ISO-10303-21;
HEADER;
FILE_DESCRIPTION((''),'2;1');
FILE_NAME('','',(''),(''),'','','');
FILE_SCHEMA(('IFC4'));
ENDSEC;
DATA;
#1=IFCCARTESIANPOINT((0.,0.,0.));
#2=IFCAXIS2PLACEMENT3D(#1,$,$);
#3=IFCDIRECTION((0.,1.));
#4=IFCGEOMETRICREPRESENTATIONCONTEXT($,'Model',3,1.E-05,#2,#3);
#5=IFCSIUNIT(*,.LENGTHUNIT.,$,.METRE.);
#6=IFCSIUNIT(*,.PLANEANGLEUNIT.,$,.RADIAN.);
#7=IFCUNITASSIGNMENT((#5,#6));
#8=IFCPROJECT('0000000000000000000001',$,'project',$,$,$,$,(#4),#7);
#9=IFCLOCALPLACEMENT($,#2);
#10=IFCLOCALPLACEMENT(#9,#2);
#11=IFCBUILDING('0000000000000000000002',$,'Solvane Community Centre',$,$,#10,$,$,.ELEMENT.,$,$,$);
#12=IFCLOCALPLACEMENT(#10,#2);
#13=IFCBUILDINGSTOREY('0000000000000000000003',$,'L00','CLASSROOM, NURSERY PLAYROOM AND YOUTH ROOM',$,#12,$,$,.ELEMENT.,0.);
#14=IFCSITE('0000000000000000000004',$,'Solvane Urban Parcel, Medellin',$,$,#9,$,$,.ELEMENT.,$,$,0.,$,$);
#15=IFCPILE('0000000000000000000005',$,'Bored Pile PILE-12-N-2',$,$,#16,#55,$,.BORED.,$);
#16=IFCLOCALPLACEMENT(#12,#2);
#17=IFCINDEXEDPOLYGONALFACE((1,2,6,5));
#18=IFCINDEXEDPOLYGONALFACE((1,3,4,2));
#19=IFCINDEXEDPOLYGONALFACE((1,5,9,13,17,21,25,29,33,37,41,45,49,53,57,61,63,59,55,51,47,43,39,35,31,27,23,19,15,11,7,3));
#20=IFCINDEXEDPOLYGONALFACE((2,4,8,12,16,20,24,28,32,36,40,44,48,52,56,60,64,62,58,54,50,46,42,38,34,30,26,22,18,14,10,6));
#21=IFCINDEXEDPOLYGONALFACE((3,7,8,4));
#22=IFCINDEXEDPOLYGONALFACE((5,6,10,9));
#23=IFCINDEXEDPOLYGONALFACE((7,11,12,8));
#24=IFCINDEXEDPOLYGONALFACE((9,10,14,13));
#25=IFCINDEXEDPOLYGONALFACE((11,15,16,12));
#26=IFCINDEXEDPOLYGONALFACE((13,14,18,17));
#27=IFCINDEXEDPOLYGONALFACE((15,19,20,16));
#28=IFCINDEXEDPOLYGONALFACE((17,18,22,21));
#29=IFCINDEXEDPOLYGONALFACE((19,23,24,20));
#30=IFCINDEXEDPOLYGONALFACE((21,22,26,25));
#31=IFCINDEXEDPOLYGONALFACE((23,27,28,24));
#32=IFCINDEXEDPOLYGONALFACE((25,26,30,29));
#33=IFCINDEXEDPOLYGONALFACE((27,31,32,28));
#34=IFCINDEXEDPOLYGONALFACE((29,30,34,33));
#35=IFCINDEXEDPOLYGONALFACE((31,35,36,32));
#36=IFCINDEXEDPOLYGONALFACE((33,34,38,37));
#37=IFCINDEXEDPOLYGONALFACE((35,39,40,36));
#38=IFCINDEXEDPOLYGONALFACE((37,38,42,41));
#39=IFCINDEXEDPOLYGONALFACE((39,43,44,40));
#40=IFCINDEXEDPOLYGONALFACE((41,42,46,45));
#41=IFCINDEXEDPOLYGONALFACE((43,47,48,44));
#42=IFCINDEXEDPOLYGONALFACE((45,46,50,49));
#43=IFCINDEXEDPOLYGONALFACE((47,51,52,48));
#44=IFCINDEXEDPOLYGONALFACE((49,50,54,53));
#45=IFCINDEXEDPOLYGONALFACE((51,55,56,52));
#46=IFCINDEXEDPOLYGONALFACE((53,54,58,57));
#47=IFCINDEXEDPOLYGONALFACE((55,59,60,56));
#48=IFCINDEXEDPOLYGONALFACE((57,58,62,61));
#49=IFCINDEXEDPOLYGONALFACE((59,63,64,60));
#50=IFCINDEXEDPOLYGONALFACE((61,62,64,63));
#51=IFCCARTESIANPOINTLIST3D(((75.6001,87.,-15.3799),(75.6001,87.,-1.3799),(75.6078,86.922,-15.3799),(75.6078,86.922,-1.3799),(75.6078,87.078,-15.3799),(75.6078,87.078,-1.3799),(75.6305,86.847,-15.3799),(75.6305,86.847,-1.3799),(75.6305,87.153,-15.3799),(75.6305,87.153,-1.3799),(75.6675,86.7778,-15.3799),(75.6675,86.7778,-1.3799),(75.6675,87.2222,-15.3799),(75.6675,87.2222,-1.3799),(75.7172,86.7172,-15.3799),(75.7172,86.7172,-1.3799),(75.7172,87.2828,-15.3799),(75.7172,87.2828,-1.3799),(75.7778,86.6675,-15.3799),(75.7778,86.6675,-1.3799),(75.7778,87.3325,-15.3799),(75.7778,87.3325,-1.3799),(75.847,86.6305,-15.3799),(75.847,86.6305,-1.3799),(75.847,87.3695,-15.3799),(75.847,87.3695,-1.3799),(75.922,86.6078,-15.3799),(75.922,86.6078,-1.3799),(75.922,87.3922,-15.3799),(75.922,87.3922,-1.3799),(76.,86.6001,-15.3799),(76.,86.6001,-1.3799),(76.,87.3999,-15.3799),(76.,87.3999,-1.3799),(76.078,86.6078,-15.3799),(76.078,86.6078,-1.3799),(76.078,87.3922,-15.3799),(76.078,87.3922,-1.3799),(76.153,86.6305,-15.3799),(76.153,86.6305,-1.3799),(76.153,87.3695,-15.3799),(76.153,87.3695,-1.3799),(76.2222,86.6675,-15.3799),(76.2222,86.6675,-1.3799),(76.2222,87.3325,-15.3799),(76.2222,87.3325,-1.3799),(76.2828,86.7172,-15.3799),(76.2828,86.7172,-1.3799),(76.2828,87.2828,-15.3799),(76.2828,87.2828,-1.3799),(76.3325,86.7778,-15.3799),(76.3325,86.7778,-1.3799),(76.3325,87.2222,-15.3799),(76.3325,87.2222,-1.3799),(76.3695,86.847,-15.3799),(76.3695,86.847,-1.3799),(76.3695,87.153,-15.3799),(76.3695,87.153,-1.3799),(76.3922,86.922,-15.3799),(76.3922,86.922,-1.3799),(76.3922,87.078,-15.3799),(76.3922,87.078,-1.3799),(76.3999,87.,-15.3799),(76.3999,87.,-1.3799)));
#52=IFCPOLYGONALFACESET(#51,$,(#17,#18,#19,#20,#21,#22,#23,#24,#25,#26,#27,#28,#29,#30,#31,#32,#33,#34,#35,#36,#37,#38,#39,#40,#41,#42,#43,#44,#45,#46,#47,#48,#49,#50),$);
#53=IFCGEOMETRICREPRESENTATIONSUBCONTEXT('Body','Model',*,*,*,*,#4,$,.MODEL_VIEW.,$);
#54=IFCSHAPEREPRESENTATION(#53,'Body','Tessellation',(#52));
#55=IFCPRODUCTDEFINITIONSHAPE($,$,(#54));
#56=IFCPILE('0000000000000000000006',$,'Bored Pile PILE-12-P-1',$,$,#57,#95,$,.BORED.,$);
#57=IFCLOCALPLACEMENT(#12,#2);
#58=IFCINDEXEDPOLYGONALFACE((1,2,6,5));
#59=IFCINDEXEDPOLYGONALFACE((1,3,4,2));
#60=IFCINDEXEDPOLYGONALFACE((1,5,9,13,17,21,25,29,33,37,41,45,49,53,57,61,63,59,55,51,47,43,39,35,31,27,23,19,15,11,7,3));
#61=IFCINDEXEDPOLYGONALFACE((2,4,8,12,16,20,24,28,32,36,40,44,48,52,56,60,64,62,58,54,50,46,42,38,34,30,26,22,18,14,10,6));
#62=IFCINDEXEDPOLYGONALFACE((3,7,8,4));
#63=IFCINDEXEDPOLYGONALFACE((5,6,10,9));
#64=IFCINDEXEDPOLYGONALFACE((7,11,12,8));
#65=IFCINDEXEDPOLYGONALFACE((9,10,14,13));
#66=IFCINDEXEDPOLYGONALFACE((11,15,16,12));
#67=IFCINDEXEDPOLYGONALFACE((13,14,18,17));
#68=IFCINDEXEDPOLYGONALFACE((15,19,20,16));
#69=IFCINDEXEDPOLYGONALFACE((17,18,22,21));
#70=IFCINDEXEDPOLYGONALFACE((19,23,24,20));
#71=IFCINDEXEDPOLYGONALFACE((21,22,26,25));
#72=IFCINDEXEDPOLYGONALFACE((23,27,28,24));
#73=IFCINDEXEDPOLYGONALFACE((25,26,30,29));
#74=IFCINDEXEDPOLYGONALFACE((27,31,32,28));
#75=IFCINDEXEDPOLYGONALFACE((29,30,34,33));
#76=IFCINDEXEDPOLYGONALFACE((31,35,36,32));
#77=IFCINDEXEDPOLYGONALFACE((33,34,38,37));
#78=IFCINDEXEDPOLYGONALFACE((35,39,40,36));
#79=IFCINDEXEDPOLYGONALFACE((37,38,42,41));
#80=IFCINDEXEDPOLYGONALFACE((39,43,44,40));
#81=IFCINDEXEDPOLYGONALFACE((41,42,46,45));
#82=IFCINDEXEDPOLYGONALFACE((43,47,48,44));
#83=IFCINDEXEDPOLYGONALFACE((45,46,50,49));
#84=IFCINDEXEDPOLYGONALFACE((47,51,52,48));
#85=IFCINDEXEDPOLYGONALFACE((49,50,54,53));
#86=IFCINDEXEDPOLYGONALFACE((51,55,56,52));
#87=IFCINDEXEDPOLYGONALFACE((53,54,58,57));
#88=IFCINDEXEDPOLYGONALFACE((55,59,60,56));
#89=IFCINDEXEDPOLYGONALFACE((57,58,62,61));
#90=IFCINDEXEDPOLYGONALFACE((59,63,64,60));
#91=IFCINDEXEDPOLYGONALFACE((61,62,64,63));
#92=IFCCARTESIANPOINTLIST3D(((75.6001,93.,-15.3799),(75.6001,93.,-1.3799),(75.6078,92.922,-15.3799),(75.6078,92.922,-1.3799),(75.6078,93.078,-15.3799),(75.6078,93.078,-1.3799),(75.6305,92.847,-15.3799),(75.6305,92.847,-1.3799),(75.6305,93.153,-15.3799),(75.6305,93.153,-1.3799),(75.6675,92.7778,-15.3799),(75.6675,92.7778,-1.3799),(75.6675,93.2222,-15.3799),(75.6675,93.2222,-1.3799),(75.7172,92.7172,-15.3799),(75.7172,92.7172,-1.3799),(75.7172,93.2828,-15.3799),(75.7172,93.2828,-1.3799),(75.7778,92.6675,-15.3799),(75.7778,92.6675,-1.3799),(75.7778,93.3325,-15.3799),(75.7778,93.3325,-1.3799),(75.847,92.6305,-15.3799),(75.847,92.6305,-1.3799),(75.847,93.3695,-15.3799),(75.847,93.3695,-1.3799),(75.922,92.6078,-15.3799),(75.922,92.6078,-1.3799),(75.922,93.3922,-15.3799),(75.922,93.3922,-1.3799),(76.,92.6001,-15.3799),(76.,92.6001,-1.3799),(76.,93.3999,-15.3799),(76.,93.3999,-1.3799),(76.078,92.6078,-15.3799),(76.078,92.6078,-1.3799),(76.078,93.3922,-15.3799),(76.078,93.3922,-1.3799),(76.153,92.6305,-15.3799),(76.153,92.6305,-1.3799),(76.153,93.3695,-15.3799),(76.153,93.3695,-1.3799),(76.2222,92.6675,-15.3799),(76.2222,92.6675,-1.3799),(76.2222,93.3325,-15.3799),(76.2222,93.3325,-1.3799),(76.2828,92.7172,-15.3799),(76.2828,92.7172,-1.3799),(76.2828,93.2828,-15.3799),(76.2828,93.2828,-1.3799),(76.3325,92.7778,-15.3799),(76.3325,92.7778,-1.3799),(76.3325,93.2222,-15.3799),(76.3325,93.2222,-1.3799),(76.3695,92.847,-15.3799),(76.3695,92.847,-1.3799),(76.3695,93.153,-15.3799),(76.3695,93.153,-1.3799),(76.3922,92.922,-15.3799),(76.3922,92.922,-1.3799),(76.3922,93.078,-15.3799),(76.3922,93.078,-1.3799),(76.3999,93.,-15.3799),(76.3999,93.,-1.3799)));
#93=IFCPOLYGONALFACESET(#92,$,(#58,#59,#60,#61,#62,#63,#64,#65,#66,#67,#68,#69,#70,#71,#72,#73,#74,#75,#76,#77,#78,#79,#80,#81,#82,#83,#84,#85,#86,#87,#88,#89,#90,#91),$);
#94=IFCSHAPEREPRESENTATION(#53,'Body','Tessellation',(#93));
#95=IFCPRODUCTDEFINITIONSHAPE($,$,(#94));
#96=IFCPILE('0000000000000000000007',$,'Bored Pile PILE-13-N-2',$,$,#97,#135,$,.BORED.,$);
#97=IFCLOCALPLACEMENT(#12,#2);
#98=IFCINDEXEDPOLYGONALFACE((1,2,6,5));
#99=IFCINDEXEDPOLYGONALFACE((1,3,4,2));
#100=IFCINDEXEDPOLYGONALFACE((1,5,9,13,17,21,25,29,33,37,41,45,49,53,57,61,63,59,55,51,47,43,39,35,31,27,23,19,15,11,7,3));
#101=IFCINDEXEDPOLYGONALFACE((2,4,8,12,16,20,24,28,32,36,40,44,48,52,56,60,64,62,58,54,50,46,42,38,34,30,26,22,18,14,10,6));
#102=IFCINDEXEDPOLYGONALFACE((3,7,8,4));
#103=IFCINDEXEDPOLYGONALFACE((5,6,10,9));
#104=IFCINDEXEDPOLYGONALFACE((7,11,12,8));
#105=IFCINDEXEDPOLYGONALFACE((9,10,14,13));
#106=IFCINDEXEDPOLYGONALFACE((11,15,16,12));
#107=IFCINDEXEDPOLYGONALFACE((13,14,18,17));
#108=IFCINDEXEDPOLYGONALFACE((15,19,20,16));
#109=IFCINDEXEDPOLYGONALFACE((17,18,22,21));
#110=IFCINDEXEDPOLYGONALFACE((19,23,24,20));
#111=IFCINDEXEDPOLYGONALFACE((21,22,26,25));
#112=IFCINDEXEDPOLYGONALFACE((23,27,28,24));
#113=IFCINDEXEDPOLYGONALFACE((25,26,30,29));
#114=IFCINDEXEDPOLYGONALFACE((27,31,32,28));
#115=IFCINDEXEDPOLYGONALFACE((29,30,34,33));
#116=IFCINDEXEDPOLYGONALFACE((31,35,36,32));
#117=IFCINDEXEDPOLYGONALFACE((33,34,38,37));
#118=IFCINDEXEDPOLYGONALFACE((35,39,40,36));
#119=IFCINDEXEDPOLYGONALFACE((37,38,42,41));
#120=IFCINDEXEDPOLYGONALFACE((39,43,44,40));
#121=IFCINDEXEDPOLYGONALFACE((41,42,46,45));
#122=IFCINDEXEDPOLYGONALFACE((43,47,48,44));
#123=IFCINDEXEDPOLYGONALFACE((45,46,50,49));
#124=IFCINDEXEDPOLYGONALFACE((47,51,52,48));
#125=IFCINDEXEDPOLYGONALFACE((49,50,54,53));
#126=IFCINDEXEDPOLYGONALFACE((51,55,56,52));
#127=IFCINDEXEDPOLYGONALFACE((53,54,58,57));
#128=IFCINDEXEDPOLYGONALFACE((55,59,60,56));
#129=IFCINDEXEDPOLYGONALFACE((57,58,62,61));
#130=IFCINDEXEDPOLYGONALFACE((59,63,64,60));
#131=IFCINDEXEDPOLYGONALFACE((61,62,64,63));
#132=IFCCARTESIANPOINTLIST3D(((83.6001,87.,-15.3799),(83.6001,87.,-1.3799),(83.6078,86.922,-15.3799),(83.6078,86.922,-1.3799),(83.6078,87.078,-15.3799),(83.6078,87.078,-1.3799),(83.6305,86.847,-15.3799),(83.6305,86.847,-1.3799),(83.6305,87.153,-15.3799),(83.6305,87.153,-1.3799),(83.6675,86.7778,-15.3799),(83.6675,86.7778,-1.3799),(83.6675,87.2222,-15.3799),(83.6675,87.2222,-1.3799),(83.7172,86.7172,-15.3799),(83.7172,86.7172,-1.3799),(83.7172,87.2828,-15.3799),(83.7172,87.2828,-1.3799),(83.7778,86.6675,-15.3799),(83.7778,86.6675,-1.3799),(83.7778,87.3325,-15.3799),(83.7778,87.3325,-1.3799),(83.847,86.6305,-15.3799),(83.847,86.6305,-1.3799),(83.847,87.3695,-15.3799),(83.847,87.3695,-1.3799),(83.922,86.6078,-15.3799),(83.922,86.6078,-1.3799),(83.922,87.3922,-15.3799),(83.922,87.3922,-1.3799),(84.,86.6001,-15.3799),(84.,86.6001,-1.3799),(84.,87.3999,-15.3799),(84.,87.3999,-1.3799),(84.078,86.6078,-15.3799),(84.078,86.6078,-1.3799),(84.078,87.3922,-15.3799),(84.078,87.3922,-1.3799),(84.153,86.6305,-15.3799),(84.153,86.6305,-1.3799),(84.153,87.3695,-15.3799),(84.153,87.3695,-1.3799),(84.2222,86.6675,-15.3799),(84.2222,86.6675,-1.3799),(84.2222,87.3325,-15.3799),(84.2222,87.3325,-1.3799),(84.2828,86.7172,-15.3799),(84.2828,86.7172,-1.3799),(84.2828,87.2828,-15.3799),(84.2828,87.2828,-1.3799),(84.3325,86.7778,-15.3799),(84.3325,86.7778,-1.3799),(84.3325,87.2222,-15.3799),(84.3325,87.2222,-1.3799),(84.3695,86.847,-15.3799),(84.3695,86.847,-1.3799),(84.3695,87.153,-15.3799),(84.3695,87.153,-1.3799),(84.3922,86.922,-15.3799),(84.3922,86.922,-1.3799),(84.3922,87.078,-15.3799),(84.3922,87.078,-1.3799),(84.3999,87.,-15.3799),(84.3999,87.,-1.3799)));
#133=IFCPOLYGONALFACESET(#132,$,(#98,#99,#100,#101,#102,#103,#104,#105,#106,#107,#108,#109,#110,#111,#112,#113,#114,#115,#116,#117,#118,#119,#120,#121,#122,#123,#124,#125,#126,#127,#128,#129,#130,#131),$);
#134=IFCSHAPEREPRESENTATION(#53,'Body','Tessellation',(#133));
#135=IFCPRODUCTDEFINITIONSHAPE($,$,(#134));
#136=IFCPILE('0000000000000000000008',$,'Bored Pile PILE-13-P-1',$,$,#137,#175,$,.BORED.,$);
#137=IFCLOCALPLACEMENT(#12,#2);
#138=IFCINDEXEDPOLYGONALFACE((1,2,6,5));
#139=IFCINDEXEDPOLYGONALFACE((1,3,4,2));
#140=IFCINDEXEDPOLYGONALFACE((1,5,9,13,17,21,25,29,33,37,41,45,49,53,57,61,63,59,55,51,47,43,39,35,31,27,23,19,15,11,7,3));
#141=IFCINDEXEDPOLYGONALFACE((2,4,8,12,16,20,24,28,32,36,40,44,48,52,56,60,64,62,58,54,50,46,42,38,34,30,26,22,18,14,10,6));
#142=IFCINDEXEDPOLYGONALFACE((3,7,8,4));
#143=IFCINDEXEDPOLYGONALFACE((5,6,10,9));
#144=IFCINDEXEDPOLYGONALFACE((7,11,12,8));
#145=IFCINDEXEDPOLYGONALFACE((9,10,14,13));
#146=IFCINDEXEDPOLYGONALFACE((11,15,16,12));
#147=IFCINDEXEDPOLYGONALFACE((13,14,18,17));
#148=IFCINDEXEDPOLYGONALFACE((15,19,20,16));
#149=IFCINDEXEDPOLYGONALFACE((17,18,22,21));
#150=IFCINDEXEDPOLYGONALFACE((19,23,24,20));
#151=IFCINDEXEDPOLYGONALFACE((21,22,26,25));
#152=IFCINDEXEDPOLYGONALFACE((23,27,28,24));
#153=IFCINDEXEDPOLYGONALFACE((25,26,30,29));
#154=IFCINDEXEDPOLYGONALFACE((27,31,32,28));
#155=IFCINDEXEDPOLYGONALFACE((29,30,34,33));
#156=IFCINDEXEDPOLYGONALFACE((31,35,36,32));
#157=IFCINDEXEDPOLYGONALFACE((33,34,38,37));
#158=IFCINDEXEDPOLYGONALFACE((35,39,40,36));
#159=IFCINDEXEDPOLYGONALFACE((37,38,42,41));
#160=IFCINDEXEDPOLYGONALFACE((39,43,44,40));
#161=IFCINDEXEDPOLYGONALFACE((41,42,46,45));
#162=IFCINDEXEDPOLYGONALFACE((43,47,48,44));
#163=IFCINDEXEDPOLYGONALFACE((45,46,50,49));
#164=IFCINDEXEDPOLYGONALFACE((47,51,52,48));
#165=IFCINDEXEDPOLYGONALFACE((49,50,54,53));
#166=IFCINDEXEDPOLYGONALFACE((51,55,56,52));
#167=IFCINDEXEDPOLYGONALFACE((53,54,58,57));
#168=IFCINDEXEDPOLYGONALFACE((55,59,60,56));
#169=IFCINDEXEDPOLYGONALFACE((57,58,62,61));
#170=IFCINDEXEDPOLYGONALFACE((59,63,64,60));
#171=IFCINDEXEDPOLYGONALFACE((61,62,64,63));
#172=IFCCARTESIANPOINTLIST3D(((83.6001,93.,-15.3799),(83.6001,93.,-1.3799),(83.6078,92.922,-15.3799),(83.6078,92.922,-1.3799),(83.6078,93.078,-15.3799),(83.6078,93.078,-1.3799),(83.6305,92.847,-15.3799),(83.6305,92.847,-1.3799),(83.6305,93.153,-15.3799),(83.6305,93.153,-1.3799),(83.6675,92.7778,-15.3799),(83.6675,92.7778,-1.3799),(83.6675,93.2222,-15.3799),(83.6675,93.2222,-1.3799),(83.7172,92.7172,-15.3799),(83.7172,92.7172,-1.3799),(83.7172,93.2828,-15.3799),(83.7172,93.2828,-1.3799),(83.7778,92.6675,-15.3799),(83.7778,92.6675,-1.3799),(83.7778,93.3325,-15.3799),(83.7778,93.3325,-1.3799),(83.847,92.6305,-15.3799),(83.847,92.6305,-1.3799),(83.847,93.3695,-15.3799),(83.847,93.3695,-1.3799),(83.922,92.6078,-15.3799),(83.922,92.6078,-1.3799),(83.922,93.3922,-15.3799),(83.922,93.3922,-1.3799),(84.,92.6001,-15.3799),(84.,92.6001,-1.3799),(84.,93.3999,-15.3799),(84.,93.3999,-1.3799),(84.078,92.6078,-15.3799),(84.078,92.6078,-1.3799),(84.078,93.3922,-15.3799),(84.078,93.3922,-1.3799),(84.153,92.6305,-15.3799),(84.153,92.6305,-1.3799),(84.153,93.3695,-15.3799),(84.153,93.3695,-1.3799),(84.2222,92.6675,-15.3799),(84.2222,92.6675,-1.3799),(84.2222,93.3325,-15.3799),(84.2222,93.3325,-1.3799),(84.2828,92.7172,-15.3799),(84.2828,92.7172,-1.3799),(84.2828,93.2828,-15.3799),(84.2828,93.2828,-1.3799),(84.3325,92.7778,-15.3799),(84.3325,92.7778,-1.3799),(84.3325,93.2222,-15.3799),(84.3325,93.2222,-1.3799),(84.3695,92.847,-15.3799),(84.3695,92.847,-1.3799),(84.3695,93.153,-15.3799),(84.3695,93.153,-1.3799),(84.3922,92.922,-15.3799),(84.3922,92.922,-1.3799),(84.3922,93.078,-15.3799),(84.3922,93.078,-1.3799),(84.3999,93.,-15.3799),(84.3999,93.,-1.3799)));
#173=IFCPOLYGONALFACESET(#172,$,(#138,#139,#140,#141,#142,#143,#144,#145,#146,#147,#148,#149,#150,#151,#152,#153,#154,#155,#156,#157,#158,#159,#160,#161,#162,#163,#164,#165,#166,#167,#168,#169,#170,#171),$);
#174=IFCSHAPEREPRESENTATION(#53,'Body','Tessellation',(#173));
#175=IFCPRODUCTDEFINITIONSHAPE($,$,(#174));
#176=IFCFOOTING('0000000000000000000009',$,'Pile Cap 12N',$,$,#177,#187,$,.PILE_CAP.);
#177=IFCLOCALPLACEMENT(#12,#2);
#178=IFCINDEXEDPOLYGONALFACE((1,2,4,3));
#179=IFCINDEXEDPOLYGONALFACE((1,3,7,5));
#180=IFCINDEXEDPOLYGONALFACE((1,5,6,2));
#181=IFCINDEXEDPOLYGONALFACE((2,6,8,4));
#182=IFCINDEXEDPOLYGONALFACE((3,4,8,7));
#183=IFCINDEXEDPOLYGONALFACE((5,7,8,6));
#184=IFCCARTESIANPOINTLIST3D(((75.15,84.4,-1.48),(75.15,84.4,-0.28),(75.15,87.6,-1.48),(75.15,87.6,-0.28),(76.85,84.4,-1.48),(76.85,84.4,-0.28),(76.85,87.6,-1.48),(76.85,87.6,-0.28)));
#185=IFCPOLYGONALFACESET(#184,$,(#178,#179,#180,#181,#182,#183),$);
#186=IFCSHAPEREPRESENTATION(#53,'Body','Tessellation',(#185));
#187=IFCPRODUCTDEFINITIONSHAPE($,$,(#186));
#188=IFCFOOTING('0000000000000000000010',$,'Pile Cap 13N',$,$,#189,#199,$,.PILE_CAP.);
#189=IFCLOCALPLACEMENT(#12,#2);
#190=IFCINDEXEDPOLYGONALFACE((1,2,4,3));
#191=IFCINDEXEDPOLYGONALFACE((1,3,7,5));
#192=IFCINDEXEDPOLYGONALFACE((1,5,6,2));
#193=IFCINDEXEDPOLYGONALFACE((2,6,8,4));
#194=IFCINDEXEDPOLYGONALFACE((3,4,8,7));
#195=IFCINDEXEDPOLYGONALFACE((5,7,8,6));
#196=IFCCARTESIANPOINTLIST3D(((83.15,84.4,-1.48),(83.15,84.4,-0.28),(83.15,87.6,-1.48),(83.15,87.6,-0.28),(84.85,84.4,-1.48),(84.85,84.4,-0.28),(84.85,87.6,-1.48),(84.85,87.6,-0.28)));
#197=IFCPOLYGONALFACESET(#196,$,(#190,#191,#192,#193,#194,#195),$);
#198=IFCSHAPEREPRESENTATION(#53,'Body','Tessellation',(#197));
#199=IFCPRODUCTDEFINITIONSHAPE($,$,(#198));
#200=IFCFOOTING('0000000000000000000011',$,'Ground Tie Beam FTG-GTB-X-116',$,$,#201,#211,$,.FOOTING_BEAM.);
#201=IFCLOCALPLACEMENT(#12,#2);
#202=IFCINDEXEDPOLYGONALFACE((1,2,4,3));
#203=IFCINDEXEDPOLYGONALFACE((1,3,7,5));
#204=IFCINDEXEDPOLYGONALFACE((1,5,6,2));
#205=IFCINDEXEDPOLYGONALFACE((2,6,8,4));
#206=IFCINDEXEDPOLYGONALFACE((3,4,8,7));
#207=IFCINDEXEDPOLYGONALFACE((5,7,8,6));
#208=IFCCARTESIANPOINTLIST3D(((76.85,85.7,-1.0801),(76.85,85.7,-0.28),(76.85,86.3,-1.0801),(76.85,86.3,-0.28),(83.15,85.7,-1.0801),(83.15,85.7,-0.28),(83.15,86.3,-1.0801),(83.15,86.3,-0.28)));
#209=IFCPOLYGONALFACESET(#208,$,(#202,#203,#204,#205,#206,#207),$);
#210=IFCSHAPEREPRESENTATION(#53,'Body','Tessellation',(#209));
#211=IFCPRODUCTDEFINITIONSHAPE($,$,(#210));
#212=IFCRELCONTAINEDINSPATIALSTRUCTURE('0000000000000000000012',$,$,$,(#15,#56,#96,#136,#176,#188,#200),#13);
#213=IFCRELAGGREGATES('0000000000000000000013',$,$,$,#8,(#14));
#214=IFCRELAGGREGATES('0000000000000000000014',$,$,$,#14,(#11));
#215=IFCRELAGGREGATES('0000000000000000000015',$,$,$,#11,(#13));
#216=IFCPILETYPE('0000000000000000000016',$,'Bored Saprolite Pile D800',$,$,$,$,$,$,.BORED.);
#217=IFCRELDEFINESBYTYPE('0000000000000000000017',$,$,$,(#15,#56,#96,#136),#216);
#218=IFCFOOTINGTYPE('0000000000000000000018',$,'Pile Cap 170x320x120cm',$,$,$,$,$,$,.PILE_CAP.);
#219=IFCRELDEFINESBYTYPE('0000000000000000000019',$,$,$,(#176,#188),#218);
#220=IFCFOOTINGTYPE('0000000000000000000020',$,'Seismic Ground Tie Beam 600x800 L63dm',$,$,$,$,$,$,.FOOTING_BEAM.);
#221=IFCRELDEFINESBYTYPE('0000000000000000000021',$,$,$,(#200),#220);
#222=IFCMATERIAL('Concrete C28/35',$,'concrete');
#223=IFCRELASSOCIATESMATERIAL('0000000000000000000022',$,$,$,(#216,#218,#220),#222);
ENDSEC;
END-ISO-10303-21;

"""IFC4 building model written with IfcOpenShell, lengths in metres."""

from ifc_helpers import new_model, si_unit, direction, frame, origin, origin_2d, place, context, subcontext, project, spatial, rectangle, circle, extrude, material, material_profile, profile_set, type_object, element, save


model = new_model("IFC4")

# Units and contexts
model_context = context("Model", 3, precision=1e-05, world=origin(), true_north=direction((0.0, 1.0)))
body_context = subcontext(model_context, "Body", "Model", "MODEL_VIEW")
ifc_project = project(units=[si_unit("LENGTHUNIT", "METRE"), si_unit("PLANEANGLEUNIT", "RADIAN")], contexts=[model_context])

# Site, building, storey
site_placement = place(None, origin())
site = spatial("IfcSite", under=ifc_project, at=site_placement, Name="Solvane Urban Parcel, Medellin", CompositionType="ELEMENT", RefElevation=0.0)
building_placement = place(site_placement, origin())
building = spatial("IfcBuilding", under=site, at=building_placement, Name="Solvane Community Centre", CompositionType="ELEMENT")
storey_placement = place(building_placement, origin())
storey = spatial("IfcBuildingStorey", under=building, at=storey_placement, Name="L00", Description="CLASSROOM, NURSERY PLAYROOM AND YOUTH ROOM", CompositionType="ELEMENT", Elevation=0.0)

# Piles
ifc_material_1 = material(Name="Concrete C28/35", Category="concrete")
ifc_material_profile_1 = material_profile(ifc_material_1, circle(Radius=0.3999, at=origin_2d()), Name="PILE D800")
ifc_profile_set_1 = profile_set([ifc_material_profile_1], Name="Concrete C28/35")
pile_type = type_object("IfcPileType", Name="Bored Saprolite Pile D800", PredefinedType="BORED", material=ifc_profile_set_1)
for number, where, z_axis, x_axis, name in (
    (1, (76.0, 87.0, -1.3799), (0.0, 0.0, -1.0), (1.0, 0.0, 0.0), "Bored Pile PILE-12-N-2"),
    (2, (76.0, 93.0, -1.3799), (0.0, 0.0, -1.0), (1.0, 0.0, 0.0), "Bored Pile PILE-12-P-1"),
    (3, (84.0, 87.0, -1.3799), (0.0, 0.0, -1.0), (1.0, 0.0, 0.0), "Bored Pile PILE-13-N-2"),
    (4, (84.0, 93.0, -1.3799), (0.0, 0.0, -1.0), (1.0, 0.0, 0.0), "Bored Pile PILE-13-P-1"),
):
    element("IfcPile", number, at=place(storey_placement, frame(where, z_axis=z_axis, x_axis=x_axis)), inside=storey, type_object=pile_type, Name=name, PredefinedType="BORED", context=body_context, shape_type="SweptSolid", body=[
        extrude(circle(Radius=0.3999, at=origin_2d()), origin(), (0.0, 0.0, 1.0), 14.0),
    ])

# Footings
footing_type_1 = type_object("IfcFootingType", Name="Pile Cap 170x320x120cm", PredefinedType="PILE_CAP", material=ifc_material_1)
for number, where, z_axis, x_axis, name in (
    (5, (76.0, 86.0, -1.48), (0.0, 0.0, 1.0), (1.0, 0.0, 0.0), "Pile Cap 12N"),
    (6, (84.0, 86.0, -1.48), (0.0, 0.0, 1.0), (1.0, 0.0, 0.0), "Pile Cap 13N"),
):
    element("IfcFooting", number, at=place(storey_placement, frame(where, z_axis=z_axis, x_axis=x_axis)), inside=storey, type_object=footing_type_1, Name=name, PredefinedType="PILE_CAP", context=body_context, shape_type="SweptSolid", body=[
        extrude(rectangle(XDim=1.7, YDim=3.2, at=origin_2d()), origin(), (0.0, 0.0, 1.0), 1.2),
    ])
footing_type_2 = type_object("IfcFootingType", Name="Seismic Ground Tie Beam 600x800 L63dm", PredefinedType="FOOTING_BEAM", material=ifc_material_1)
footing_placement = place(storey_placement, frame((80.0, 86.0, -1.0801), z_axis=(0.0, 0.0, 1.0), x_axis=(1.0, 0.0, 0.0)))
element("IfcFooting", 7, at=footing_placement, inside=storey, type_object=footing_type_2, Name="Ground Tie Beam FTG-GTB-X-116", PredefinedType="FOOTING_BEAM", context=body_context, shape_type="SweptSolid", body=[
    extrude(rectangle(XDim=6.3, YDim=0.6001, at=origin_2d()), origin(), (0.0, 0.0, 1.0), 0.8),
])

save(model, "model.ifc")
